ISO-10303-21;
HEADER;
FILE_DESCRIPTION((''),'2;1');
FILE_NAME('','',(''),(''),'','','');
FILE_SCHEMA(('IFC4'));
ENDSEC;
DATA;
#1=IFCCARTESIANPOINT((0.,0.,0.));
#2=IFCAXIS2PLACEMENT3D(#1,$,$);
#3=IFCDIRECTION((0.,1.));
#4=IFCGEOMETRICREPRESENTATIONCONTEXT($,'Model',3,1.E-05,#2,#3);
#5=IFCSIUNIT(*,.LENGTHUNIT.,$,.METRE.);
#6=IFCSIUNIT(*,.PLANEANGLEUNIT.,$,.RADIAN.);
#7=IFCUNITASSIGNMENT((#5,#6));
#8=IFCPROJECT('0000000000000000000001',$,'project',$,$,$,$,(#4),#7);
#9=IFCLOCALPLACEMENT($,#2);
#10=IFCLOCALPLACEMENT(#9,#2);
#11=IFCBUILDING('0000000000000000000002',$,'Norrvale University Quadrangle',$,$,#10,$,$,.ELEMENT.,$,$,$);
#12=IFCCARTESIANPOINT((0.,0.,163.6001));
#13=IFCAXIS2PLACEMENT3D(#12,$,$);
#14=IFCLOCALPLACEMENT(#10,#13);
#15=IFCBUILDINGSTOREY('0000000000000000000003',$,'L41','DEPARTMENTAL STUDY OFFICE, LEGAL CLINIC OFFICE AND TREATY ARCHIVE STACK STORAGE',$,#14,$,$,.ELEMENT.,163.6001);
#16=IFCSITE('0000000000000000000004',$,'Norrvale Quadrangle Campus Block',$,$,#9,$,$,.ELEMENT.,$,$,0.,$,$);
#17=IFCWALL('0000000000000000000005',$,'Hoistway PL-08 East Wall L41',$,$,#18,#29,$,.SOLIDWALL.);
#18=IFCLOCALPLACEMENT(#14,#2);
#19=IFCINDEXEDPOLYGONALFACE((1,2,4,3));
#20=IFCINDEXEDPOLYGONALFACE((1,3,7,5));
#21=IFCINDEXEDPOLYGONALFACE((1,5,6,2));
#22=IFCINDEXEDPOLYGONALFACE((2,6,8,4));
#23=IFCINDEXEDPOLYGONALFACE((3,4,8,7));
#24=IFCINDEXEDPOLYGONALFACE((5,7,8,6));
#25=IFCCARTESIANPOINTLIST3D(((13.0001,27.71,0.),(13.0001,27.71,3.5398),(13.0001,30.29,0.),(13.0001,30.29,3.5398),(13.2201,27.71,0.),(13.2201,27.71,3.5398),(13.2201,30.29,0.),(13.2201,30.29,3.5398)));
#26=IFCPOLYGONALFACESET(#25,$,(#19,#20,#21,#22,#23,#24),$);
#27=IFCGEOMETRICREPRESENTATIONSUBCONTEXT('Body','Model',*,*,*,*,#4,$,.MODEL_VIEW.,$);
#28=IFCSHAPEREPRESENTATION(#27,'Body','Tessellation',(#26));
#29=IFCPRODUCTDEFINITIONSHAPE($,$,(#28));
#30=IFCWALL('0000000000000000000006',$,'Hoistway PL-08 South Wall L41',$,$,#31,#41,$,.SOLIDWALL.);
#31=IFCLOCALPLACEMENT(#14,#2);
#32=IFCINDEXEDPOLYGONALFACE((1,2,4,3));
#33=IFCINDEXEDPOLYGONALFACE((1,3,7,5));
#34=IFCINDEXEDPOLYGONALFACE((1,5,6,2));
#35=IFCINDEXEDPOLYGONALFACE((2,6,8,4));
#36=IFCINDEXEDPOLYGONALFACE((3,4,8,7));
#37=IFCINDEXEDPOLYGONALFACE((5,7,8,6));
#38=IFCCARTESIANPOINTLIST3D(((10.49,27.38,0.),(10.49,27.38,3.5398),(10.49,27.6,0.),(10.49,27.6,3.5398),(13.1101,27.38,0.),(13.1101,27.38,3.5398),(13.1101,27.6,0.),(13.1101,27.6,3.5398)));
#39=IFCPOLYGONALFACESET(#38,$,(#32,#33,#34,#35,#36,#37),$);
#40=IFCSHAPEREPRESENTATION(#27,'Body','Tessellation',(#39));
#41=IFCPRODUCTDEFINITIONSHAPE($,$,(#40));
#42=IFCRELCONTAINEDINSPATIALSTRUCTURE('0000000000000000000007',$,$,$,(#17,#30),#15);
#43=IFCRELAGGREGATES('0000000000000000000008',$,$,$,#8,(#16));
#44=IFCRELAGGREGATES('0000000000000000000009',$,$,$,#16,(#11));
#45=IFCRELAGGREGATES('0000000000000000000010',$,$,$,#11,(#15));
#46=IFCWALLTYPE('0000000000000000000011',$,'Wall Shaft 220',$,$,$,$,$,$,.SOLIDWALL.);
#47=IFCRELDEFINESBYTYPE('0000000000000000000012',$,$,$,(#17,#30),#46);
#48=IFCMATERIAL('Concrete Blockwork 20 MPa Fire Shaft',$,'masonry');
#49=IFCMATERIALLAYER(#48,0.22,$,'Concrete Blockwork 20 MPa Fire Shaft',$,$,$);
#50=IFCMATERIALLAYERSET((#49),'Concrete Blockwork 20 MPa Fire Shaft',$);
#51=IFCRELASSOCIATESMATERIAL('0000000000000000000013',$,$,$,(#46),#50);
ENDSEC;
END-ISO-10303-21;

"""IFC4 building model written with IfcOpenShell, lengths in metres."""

from ifc_helpers import new_model, si_unit, direction, frame, frame_2d, origin, place, context, subcontext, project, spatial, rectangle, extrude, material, layer, layer_set, type_object, element, save


model = new_model("IFC4")

# Units and contexts
model_context = context("Model", 3, precision=1e-05, world=origin(), true_north=direction((0.0, 1.0)))
body_context = subcontext(model_context, "Body", "Model", "MODEL_VIEW")
ifc_project = project(units=[si_unit("LENGTHUNIT", "METRE"), si_unit("PLANEANGLEUNIT", "RADIAN")], contexts=[model_context])

# Site, building, storey
site_placement = place(None, origin())
site = spatial("IfcSite", under=ifc_project, at=site_placement, Name="Norrvale Quadrangle Campus Block", CompositionType="ELEMENT", RefElevation=0.0)
building_placement = place(site_placement, origin())
building = spatial("IfcBuilding", under=site, at=building_placement, Name="Norrvale University Quadrangle", CompositionType="ELEMENT")
storey_placement = place(building_placement, frame((0.0, 0.0, 163.6001)))
storey = spatial("IfcBuildingStorey", under=building, at=storey_placement, Name="L41", Description="DEPARTMENTAL STUDY OFFICE, LEGAL CLINIC OFFICE AND TREATY ARCHIVE STACK STORAGE", CompositionType="ELEMENT", Elevation=163.6001)

# Shared definitions
ifc_material_1 = material(Name="Concrete Blockwork 20 MPa Fire Shaft", Category="masonry")
ifc_layer_1 = layer(ifc_material_1, 0.22, Name="Concrete Blockwork 20 MPa Fire Shaft")
ifc_layer_set_1 = layer_set([ifc_layer_1], Name="Concrete Blockwork 20 MPa Fire Shaft")
wall_type_1 = type_object("IfcWallType", Name="Wall Shaft 220", PredefinedType="SOLIDWALL", material=ifc_layer_set_1)

# Walls
wall_1_placement = place(storey_placement, frame((13.1101, 27.71, 0.0), z_axis=(0.0, 0.0, 1.0), x_axis=(0.0, 1.0, 0.0)))
element("IfcWall", 1, at=wall_1_placement, inside=storey, type_object=wall_type_1, Name="Hoistway PL-08 East Wall L41", PredefinedType="SOLIDWALL", context=body_context, shape_type="SweptSolid", body=[
    extrude(rectangle(XDim=2.5801, YDim=0.22, at=frame_2d((1.29, 0.0))), origin(), (0.0, 0.0, 1.0), 3.5398),
])
wall_2_placement = place(storey_placement, frame((10.49, 27.49, 0.0), z_axis=(0.0, 0.0, 1.0), x_axis=(1.0, 0.0, 0.0)))
element("IfcWall", 2, at=wall_2_placement, inside=storey, type_object=wall_type_1, Name="Hoistway PL-08 South Wall L41", PredefinedType="SOLIDWALL", context=body_context, shape_type="SweptSolid", body=[
    extrude(rectangle(XDim=2.6201, YDim=0.22, at=frame_2d((1.3101, 0.0))), origin(), (0.0, 0.0, 1.0), 3.5398),
])

save(model, "model.ifc")
